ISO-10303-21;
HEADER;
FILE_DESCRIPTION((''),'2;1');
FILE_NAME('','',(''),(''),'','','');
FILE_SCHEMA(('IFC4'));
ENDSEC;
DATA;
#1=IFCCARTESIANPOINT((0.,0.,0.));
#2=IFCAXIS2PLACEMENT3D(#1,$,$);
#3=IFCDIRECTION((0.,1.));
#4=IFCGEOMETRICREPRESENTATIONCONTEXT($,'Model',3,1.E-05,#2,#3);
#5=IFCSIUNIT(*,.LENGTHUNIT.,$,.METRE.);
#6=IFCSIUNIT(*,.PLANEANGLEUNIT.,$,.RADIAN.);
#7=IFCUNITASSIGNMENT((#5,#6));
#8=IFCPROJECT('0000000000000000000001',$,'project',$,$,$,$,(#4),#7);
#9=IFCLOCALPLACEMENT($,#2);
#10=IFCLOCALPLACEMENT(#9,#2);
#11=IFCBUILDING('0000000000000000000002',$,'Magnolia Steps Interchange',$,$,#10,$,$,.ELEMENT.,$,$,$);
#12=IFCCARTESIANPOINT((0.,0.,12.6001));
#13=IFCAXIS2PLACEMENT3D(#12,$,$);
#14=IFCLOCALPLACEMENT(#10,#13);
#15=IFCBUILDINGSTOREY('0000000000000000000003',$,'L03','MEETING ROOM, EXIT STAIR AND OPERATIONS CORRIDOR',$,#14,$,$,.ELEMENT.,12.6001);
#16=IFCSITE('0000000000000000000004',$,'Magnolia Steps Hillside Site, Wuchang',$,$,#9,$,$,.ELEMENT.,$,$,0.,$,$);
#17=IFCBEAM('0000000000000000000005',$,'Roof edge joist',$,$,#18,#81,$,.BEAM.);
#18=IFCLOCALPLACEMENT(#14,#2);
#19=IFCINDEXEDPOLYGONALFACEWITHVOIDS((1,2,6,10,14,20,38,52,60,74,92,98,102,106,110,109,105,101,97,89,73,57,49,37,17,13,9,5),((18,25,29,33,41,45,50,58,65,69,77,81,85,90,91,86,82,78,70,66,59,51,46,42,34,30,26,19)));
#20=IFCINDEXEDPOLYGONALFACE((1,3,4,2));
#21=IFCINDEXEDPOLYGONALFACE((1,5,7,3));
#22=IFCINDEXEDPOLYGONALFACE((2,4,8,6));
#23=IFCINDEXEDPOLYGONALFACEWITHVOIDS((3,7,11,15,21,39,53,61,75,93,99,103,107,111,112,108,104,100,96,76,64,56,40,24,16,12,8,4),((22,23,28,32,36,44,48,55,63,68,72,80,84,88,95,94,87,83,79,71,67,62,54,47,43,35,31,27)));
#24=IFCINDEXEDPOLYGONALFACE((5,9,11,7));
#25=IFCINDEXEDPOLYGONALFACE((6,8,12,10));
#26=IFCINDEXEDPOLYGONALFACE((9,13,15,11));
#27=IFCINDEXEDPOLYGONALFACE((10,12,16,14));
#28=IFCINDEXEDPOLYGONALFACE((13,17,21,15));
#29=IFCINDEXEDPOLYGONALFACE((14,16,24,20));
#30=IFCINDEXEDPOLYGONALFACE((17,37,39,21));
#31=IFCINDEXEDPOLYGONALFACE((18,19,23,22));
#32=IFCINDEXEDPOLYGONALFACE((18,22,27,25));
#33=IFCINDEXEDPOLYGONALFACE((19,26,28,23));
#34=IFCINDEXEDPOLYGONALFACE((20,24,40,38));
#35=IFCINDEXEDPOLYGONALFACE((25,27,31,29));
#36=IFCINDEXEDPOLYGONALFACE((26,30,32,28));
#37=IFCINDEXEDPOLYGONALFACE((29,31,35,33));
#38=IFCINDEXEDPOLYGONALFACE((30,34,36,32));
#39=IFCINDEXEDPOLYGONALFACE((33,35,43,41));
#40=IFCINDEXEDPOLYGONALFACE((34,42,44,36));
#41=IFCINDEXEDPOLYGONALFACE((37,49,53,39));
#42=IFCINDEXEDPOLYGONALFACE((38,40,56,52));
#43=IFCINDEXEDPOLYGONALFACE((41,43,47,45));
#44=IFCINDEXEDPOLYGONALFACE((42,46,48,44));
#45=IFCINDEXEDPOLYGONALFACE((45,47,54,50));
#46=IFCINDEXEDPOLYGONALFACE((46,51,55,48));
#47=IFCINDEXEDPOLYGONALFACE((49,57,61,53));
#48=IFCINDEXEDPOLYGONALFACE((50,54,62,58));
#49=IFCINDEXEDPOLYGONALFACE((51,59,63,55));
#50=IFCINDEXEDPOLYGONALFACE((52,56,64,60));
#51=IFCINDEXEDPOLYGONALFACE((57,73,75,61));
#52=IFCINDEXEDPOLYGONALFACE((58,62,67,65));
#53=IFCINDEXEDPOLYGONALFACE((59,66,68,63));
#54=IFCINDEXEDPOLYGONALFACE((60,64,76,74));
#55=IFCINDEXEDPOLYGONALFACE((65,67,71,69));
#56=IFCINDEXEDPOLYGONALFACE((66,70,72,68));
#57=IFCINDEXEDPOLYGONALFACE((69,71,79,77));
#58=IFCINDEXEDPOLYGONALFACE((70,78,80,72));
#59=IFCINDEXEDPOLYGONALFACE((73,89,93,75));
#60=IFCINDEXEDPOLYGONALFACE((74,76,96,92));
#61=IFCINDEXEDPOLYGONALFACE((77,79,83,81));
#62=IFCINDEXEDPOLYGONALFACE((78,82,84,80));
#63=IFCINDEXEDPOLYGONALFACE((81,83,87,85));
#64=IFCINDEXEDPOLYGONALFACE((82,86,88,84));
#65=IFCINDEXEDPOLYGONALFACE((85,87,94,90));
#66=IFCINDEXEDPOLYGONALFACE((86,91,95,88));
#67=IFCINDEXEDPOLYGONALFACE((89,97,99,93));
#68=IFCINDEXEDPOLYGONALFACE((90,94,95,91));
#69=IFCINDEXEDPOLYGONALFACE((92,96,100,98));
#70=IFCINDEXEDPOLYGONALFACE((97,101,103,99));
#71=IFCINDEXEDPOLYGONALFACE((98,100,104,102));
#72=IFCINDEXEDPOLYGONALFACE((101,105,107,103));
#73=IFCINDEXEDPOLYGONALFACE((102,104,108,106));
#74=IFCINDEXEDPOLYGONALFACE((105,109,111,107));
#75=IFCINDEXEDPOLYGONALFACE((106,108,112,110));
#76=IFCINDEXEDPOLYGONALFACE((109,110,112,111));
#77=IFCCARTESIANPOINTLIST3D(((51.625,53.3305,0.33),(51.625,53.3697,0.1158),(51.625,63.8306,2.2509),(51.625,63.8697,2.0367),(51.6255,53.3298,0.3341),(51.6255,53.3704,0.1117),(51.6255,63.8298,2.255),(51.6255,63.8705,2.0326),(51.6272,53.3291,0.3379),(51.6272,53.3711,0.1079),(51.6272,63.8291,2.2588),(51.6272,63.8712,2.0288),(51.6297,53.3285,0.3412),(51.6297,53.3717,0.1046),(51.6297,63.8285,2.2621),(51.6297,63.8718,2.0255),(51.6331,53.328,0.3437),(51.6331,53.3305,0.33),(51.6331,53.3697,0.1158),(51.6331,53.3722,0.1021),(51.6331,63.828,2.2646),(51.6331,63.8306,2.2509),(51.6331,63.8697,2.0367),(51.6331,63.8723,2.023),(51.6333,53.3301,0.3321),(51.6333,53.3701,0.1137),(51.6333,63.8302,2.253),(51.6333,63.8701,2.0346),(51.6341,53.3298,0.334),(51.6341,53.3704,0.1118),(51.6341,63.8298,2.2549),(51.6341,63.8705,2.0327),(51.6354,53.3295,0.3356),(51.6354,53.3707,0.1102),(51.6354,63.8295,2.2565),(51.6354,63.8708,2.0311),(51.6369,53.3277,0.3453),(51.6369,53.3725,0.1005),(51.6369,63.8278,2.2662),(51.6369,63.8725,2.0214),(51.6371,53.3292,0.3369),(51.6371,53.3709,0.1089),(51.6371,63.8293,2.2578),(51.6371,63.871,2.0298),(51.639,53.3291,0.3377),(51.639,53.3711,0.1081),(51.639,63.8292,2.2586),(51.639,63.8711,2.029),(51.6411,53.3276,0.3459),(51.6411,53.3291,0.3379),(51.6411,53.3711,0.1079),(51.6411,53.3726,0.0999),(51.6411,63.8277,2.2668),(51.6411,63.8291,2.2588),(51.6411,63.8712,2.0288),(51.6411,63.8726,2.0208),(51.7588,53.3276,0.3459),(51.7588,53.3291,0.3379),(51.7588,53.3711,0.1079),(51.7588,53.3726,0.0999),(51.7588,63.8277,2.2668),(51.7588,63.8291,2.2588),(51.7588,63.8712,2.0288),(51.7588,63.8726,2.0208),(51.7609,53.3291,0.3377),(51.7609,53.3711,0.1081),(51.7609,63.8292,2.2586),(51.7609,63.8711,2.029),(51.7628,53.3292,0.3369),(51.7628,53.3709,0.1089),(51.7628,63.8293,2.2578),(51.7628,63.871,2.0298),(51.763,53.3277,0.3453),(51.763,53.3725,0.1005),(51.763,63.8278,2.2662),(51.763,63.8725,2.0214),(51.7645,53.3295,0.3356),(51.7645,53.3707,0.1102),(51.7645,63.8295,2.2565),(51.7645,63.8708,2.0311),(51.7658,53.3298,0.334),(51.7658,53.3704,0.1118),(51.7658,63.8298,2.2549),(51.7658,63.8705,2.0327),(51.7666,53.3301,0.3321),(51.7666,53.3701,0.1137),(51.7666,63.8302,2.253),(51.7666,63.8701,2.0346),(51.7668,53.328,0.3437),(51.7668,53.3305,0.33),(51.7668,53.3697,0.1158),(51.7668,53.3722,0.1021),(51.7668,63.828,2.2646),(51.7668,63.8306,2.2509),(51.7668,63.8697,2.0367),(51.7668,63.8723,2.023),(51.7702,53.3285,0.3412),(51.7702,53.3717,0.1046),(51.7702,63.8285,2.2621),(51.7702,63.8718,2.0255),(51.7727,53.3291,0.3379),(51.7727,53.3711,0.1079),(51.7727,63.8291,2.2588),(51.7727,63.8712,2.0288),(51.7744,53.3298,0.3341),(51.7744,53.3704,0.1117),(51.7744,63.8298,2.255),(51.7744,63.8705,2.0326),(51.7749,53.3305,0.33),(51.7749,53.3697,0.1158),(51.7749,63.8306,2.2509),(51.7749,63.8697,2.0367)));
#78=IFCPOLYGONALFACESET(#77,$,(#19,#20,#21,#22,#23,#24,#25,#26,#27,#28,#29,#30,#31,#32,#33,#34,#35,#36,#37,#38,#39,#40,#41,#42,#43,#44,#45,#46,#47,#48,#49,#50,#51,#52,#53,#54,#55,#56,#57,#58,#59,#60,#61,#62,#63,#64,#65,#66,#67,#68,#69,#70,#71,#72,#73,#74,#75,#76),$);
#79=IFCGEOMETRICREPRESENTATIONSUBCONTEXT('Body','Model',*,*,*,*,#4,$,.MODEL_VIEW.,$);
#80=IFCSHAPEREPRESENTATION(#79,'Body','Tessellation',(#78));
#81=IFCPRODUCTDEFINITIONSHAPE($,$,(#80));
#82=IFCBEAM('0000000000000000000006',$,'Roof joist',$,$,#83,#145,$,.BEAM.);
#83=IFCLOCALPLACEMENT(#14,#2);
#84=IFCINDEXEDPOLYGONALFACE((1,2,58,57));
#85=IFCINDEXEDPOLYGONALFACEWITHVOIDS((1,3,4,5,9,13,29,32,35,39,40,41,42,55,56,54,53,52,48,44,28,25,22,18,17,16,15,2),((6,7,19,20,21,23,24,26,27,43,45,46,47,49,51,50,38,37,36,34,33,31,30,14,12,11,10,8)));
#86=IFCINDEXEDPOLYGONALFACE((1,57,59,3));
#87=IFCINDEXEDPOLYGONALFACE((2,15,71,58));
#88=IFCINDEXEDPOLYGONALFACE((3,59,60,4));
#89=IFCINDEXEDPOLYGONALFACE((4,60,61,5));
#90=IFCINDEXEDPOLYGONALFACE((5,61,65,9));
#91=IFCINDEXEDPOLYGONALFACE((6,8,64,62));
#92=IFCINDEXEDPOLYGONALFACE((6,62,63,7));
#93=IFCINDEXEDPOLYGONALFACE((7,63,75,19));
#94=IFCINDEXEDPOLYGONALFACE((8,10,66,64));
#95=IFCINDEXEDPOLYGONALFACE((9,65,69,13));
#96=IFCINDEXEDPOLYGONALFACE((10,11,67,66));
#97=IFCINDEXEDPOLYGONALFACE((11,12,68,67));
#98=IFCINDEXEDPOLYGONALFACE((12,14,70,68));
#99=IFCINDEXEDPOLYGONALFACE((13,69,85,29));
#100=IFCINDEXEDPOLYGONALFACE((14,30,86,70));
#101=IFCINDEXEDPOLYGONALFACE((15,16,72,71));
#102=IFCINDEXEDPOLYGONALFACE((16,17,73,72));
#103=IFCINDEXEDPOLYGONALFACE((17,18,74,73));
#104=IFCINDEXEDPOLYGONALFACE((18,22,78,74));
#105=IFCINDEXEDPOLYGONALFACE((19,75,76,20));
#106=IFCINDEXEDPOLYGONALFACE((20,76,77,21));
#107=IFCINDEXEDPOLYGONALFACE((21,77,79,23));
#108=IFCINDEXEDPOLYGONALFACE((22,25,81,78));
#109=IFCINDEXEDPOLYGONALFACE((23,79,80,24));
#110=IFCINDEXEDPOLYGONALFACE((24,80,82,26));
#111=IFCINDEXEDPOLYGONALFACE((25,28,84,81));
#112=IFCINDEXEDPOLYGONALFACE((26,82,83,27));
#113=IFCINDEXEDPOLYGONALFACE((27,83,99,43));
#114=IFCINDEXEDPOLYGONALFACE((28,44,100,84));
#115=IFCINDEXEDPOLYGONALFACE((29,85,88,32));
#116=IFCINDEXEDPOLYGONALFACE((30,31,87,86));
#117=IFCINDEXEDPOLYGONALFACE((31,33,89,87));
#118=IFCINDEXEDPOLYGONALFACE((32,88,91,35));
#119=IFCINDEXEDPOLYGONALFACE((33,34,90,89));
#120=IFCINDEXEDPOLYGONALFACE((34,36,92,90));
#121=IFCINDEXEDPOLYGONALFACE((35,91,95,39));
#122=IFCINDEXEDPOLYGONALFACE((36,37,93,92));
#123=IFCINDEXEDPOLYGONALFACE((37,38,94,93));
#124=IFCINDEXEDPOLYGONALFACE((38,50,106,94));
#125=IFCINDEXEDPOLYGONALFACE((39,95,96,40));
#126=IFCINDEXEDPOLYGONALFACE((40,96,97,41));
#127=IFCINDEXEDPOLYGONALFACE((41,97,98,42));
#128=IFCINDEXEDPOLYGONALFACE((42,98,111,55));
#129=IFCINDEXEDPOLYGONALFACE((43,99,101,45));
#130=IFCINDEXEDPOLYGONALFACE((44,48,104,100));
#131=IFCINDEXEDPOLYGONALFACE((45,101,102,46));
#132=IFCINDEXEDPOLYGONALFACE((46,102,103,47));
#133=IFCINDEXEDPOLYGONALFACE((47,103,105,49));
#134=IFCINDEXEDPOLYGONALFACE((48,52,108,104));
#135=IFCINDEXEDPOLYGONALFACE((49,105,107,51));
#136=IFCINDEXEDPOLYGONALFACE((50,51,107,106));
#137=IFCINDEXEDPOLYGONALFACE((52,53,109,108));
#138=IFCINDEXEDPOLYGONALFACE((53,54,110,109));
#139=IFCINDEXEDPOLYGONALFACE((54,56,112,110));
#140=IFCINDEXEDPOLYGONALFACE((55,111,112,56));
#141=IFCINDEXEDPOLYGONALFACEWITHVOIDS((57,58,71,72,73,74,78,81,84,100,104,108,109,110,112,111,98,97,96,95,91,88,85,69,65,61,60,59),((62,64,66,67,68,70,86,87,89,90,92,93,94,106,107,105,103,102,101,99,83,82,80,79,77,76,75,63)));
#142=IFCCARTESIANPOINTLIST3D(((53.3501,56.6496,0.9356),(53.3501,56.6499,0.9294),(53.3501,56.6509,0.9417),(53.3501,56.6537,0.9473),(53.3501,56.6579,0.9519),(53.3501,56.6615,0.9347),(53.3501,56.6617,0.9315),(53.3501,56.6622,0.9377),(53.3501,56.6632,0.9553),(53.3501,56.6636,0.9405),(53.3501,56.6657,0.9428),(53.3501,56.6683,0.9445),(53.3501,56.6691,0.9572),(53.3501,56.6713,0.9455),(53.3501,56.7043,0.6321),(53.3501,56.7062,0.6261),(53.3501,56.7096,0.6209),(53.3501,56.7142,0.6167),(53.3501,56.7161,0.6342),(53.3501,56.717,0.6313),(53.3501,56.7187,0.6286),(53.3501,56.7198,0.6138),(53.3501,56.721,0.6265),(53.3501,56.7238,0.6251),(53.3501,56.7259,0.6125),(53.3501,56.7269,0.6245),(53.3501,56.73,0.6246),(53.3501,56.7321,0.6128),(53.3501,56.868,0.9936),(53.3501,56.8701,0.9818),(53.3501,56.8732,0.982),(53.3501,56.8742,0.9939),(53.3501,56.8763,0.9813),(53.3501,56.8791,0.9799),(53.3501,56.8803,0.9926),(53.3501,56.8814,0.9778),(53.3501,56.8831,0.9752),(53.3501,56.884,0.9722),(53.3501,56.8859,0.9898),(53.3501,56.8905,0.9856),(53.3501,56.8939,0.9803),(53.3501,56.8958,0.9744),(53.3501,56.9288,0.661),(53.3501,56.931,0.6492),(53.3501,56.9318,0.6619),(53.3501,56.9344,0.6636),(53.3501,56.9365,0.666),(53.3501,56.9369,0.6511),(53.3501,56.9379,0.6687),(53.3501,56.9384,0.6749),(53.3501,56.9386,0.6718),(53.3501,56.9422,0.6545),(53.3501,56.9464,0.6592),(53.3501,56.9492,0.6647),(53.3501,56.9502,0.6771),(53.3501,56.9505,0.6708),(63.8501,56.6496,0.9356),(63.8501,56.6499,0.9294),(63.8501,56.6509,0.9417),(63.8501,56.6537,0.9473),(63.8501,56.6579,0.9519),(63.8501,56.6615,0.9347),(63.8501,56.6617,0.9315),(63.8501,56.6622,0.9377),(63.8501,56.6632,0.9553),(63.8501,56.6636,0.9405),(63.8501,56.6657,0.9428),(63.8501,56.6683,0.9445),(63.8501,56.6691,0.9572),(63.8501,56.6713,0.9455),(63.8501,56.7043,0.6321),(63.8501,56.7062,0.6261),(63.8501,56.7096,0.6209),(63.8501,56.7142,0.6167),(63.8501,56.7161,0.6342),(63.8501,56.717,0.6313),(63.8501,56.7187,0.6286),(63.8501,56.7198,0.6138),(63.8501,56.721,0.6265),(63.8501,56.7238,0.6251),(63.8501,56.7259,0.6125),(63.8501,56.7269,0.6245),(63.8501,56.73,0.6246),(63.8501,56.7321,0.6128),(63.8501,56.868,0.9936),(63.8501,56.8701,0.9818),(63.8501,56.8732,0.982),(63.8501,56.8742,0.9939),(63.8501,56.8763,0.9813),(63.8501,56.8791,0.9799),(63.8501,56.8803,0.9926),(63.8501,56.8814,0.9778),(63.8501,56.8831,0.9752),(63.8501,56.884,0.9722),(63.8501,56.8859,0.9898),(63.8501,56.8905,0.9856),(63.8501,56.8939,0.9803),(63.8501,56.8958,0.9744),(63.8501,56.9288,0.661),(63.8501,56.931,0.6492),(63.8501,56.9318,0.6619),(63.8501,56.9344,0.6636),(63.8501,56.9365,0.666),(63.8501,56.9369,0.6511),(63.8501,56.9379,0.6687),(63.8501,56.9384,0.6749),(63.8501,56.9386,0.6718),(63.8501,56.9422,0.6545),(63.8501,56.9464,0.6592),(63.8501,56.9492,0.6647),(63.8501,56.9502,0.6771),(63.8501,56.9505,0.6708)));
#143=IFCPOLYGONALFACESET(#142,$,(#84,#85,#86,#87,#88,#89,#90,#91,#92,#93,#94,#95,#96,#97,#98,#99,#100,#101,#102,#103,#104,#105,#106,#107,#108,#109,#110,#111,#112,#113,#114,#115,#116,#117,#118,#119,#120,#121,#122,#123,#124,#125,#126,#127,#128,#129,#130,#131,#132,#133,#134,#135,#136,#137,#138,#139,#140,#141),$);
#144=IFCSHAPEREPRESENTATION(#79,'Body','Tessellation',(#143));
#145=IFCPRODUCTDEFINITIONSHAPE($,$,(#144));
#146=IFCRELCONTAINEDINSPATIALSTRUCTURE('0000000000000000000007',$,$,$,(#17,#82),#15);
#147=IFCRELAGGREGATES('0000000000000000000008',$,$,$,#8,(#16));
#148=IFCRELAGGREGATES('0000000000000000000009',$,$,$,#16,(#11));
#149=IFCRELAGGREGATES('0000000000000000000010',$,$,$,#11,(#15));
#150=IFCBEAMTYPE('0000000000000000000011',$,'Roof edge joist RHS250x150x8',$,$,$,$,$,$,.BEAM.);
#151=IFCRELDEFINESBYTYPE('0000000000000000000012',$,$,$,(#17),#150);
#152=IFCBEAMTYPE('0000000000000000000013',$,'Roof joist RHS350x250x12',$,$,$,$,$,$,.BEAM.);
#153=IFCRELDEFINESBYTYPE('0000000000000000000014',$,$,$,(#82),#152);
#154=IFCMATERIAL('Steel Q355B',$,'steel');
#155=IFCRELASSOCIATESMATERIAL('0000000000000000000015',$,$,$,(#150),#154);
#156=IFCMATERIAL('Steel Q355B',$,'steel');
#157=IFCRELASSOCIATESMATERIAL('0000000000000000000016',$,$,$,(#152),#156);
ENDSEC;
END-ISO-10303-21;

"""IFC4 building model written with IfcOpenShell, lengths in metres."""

from ifc_helpers import new_model, si_unit, direction, frame, origin, origin_2d, place, context, subcontext, project, spatial, hollow_rectangle, extrude, material, material_profile, profile_set, type_object, element, save


model = new_model("IFC4")

# Units and contexts
model_context = context("Model", 3, precision=1e-05, world=origin(), true_north=direction((0.0, 1.0)))
body_context = subcontext(model_context, "Body", "Model", "MODEL_VIEW")
ifc_project = project(units=[si_unit("LENGTHUNIT", "METRE"), si_unit("PLANEANGLEUNIT", "RADIAN")], contexts=[model_context])

# Site, building, storey
site_placement = place(None, origin())
site = spatial("IfcSite", under=ifc_project, at=site_placement, Name="Magnolia Steps Hillside Site, Wuchang", CompositionType="ELEMENT", RefElevation=0.0)
building_placement = place(site_placement, origin())
building = spatial("IfcBuilding", under=site, at=building_placement, Name="Magnolia Steps Interchange", CompositionType="ELEMENT")
storey_placement = place(building_placement, frame((0.0, 0.0, 12.6001)))
storey = spatial("IfcBuildingStorey", under=building, at=storey_placement, Name="L03", Description="MEETING ROOM, EXIT STAIR AND OPERATIONS CORRIDOR", CompositionType="ELEMENT", Elevation=12.6001)

# Beams
ifc_material_1 = material(Name="Steel Q355B", Category="steel")
ifc_material_profile_1 = material_profile(ifc_material_1, hollow_rectangle(XDim=0.1499, YDim=0.25, WallThickness=0.0081, InnerFilletRadius=0.0081, OuterFilletRadius=0.0161, at=origin_2d()), Name="RHS250x150x8")
ifc_profile_set_1 = profile_set([ifc_material_profile_1], Name="Steel Q355B")
beam_type_1 = type_object("IfcBeamType", Name="Roof edge joist RHS250x150x8", PredefinedType="BEAM", material=ifc_profile_set_1)
beam_1_placement = place(storey_placement, frame((51.7, 53.3501, 0.2229), z_axis=(0.0, 0.983675, 0.179956), x_axis=(-1.0, 0.0, 0.0)))
element("IfcBeam", 1, at=beam_1_placement, inside=storey, type_object=beam_type_1, Name="Roof edge joist", PredefinedType="BEAM", context=body_context, shape_type="SweptSolid", body=[
    extrude(hollow_rectangle(XDim=0.1499, YDim=0.25, WallThickness=0.0081, InnerFilletRadius=0.0081, OuterFilletRadius=0.0161, at=origin_2d()), origin(), (0.0, 0.0, 1.0), 10.6743),
])
ifc_material_2 = material(Name="Steel Q355B", Category="steel")
ifc_material_profile_2 = material_profile(ifc_material_2, hollow_rectangle(XDim=0.25, YDim=0.3501, WallThickness=0.012, InnerFilletRadius=0.012, OuterFilletRadius=0.0239, at=origin_2d()), Name="RHS350x250x12")
ifc_profile_set_2 = profile_set([ifc_material_profile_2], Name="Steel Q355B")
beam_type_2 = type_object("IfcBeamType", Name="Roof joist RHS350x250x12", PredefinedType="BEAM", material=ifc_profile_set_2)
for number, where, z_axis, x_axis, name in (
    (2, (53.3501, 56.8, 0.8032), (1.0, 0.0, 0.0), (0.0, 0.983677, 0.179941), "Roof joist"),
):
    element("IfcBeam", number, at=place(storey_placement, frame(where, z_axis=z_axis, x_axis=x_axis)), inside=storey, type_object=beam_type_2, Name=name, PredefinedType="BEAM", context=body_context, shape_type="SweptSolid", body=[
        extrude(hollow_rectangle(XDim=0.25, YDim=0.3501, WallThickness=0.012, InnerFilletRadius=0.012, OuterFilletRadius=0.0239, at=origin_2d()), origin(), (0.0, 0.0, 1.0), 10.5),
    ])

save(model, "model.ifc")
